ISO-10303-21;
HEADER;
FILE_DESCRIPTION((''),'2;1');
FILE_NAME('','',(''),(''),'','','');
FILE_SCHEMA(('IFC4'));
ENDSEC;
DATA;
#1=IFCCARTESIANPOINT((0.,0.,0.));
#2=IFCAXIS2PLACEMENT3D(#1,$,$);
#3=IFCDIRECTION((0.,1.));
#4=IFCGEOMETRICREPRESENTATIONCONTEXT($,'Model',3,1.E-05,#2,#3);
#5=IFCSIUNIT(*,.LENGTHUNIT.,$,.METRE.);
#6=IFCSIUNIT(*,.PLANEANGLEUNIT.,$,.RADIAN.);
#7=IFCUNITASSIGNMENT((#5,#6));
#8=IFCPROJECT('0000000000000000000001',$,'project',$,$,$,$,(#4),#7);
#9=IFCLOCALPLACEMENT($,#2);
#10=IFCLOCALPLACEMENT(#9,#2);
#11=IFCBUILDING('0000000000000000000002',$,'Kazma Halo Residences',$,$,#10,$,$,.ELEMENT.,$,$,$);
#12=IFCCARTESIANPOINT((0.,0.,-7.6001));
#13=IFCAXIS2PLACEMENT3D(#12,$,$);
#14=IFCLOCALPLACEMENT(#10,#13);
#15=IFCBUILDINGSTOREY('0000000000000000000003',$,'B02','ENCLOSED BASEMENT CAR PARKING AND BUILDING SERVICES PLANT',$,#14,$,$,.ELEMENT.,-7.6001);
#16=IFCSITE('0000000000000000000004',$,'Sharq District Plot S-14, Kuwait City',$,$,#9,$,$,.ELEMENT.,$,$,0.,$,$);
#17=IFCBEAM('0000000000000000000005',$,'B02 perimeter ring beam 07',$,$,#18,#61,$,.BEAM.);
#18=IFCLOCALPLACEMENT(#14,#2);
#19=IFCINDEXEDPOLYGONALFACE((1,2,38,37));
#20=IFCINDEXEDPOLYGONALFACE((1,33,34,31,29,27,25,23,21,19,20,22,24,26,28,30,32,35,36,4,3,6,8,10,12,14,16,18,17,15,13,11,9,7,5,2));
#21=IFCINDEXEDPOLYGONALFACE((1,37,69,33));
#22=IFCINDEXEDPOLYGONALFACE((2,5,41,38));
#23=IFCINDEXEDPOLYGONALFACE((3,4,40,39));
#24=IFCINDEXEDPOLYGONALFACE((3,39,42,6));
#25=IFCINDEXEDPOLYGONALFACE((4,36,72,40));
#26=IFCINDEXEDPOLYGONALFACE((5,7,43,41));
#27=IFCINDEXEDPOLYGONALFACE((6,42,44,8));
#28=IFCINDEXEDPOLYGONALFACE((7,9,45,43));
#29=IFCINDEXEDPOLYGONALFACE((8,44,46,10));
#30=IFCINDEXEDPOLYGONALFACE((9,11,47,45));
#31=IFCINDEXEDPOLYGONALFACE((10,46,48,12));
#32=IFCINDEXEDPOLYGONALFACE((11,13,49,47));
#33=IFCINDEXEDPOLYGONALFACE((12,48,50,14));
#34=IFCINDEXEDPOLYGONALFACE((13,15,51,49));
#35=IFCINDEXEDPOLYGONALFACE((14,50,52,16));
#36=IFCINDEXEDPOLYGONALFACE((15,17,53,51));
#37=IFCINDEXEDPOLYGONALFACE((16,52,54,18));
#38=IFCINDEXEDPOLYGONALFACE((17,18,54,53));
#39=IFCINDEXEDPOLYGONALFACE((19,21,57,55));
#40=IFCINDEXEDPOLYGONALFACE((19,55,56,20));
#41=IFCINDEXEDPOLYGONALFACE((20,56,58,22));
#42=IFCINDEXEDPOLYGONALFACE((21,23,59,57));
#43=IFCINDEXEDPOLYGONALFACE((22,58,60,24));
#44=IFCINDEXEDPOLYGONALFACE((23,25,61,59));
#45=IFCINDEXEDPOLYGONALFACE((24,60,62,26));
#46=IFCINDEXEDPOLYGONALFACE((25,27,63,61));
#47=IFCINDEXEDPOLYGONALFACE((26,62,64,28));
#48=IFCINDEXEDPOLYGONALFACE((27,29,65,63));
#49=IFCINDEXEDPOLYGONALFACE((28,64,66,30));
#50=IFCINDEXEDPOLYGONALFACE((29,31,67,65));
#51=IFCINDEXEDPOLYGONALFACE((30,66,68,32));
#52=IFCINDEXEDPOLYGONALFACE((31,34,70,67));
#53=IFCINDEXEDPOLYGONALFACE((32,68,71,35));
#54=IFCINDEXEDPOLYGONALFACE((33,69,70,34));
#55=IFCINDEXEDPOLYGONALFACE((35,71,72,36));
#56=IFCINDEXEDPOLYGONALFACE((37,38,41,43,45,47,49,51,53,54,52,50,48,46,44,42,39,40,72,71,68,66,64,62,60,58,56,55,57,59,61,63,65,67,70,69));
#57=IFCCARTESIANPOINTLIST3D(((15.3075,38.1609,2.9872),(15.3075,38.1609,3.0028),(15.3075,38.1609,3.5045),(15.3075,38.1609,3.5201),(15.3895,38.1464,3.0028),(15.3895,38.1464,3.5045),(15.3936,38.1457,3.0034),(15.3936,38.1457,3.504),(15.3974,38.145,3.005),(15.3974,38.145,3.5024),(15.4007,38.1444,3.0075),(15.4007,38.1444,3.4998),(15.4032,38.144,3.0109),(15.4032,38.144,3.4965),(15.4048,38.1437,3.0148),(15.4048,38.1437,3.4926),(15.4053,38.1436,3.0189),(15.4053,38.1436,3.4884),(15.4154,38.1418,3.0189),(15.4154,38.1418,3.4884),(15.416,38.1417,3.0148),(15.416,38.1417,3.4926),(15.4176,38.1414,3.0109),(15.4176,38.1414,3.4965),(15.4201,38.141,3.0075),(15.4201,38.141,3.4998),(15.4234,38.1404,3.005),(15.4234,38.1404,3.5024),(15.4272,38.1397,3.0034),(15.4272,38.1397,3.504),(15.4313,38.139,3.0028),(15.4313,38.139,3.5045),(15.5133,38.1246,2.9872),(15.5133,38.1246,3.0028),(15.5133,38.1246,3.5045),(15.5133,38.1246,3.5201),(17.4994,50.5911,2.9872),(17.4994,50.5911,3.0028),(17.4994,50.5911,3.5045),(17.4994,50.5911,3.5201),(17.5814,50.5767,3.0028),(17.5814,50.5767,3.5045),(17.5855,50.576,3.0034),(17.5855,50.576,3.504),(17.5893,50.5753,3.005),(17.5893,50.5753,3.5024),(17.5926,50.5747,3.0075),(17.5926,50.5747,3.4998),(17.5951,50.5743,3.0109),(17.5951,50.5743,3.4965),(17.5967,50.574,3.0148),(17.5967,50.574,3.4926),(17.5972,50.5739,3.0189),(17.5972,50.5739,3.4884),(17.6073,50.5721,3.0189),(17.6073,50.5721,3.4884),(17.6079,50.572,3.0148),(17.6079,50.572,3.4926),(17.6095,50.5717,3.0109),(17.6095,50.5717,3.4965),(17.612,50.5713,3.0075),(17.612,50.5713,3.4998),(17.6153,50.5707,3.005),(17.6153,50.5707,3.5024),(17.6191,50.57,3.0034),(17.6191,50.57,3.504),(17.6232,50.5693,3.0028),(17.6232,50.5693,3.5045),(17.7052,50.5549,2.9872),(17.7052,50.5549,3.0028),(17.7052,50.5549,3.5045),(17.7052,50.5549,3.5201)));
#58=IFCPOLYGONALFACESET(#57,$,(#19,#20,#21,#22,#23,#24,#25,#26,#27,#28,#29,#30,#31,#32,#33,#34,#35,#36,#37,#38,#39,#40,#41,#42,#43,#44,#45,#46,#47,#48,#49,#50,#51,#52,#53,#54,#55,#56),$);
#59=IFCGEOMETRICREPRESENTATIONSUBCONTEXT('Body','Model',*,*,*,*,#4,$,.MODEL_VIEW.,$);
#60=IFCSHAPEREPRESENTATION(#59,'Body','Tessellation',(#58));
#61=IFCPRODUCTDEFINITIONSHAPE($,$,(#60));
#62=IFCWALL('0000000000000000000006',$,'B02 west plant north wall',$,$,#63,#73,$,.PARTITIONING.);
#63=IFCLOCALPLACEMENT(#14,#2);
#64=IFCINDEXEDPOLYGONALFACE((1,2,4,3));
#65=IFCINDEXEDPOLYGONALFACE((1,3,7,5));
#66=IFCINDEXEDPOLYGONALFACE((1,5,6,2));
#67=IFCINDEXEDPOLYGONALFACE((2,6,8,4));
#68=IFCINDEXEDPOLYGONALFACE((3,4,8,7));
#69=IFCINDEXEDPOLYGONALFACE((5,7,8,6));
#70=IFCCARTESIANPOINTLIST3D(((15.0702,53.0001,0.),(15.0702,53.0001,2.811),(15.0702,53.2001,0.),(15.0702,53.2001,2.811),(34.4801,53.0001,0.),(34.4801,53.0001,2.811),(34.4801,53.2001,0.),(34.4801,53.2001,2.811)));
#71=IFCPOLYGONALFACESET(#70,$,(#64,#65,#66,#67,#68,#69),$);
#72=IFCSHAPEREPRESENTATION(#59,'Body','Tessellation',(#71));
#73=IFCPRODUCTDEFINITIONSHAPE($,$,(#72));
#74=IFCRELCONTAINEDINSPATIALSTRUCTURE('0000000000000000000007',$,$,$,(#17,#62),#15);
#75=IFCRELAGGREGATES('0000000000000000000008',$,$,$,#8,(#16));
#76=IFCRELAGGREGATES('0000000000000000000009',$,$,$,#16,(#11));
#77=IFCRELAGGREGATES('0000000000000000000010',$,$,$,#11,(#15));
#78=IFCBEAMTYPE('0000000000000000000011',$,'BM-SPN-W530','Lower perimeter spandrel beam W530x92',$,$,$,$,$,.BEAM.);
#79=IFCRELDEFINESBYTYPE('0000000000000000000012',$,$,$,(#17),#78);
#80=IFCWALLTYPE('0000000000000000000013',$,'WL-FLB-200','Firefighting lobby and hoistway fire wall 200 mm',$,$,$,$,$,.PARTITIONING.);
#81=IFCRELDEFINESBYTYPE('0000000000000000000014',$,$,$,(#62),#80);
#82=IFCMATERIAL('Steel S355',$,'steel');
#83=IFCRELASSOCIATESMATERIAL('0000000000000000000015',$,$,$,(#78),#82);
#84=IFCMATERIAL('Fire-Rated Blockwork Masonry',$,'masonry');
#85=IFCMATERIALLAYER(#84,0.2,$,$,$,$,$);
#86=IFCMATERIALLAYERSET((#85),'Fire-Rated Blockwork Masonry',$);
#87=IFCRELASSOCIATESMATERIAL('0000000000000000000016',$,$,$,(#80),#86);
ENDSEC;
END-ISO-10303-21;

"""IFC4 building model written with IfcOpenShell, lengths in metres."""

from ifc_helpers import new_model, si_unit, direction, frame, frame_2d, origin, origin_2d, place, context, subcontext, project, spatial, rectangle, i_section, extrude, material, layer, layer_set, material_profile, profile_set, type_object, element, save


model = new_model("IFC4")

# Units and contexts
model_context = context("Model", 3, precision=1e-05, world=origin(), true_north=direction((0.0, 1.0)))
body_context = subcontext(model_context, "Body", "Model", "MODEL_VIEW")
ifc_project = project(units=[si_unit("LENGTHUNIT", "METRE"), si_unit("PLANEANGLEUNIT", "RADIAN")], contexts=[model_context])

# Site, building, storey
site_placement = place(None, origin())
site = spatial("IfcSite", under=ifc_project, at=site_placement, Name="Sharq District Plot S-14, Kuwait City", CompositionType="ELEMENT", RefElevation=0.0)
building_placement = place(site_placement, origin())
building = spatial("IfcBuilding", under=site, at=building_placement, Name="Kazma Halo Residences", CompositionType="ELEMENT")
storey_placement = place(building_placement, frame((0.0, 0.0, -7.6001)))
storey = spatial("IfcBuildingStorey", under=building, at=storey_placement, Name="B02", Description="ENCLOSED BASEMENT CAR PARKING AND BUILDING SERVICES PLANT", CompositionType="ELEMENT", Elevation=-7.6001)

# Beam
ifc_material_1 = material(Name="Steel S355", Category="steel")
ifc_material_profile_1 = material_profile(ifc_material_1, i_section(OverallWidth=0.209, OverallDepth=0.533, WebThickness=0.0103, FlangeThickness=0.0156, FilletRadius=0.0161, at=origin_2d()), Name="W530x92")
ifc_profile_set_1 = profile_set([ifc_material_profile_1], Name="Steel S355")
beam_type_1 = type_object("IfcBeamType", Name="BM-SPN-W530", Description="Lower perimeter spandrel beam W530x92", PredefinedType="BEAM", material=ifc_profile_set_1)
beam_1_placement = place(storey_placement, frame((17.6023, 50.573, 3.2537), z_axis=(-0.173657, -0.984806, 0.0), x_axis=(0.984806, -0.173657, 0.0)))
element("IfcBeam", 1, at=beam_1_placement, inside=storey, type_object=beam_type_1, Name="B02 perimeter ring beam 07", PredefinedType="BEAM", context=body_context, shape_type="SweptSolid", body=[
    extrude(i_section(OverallWidth=0.209, OverallDepth=0.533, WebThickness=0.0103, FlangeThickness=0.0156, FilletRadius=0.0161, at=origin_2d()), origin(), (0.0, 0.0, 1.0), 12.6221),
])

# Wall
ifc_material_2 = material(Name="Fire-Rated Blockwork Masonry", Category="masonry")
ifc_layer = layer(ifc_material_2, 0.2)
ifc_layer_set = layer_set([ifc_layer], Name="Fire-Rated Blockwork Masonry")
wall_type = type_object("IfcWallType", Name="WL-FLB-200", Description="Firefighting lobby and hoistway fire wall 200 mm", PredefinedType="PARTITIONING", material=ifc_layer_set)
wall_placement = place(storey_placement, frame((15.0701, 53.1001, 0.0), z_axis=(0.0, 0.0, 1.0), x_axis=(1.0, 0.0, 0.0)))
element("IfcWall", 2, at=wall_placement, inside=storey, type_object=wall_type, Name="B02 west plant north wall", PredefinedType="PARTITIONING", context=body_context, shape_type="SweptSolid", body=[
    extrude(rectangle(XDim=19.4099, YDim=0.2, at=frame_2d((9.7051, 0.0))), origin(), (0.0, 0.0, 1.0), 2.811),
])

save(model, "model.ifc")
